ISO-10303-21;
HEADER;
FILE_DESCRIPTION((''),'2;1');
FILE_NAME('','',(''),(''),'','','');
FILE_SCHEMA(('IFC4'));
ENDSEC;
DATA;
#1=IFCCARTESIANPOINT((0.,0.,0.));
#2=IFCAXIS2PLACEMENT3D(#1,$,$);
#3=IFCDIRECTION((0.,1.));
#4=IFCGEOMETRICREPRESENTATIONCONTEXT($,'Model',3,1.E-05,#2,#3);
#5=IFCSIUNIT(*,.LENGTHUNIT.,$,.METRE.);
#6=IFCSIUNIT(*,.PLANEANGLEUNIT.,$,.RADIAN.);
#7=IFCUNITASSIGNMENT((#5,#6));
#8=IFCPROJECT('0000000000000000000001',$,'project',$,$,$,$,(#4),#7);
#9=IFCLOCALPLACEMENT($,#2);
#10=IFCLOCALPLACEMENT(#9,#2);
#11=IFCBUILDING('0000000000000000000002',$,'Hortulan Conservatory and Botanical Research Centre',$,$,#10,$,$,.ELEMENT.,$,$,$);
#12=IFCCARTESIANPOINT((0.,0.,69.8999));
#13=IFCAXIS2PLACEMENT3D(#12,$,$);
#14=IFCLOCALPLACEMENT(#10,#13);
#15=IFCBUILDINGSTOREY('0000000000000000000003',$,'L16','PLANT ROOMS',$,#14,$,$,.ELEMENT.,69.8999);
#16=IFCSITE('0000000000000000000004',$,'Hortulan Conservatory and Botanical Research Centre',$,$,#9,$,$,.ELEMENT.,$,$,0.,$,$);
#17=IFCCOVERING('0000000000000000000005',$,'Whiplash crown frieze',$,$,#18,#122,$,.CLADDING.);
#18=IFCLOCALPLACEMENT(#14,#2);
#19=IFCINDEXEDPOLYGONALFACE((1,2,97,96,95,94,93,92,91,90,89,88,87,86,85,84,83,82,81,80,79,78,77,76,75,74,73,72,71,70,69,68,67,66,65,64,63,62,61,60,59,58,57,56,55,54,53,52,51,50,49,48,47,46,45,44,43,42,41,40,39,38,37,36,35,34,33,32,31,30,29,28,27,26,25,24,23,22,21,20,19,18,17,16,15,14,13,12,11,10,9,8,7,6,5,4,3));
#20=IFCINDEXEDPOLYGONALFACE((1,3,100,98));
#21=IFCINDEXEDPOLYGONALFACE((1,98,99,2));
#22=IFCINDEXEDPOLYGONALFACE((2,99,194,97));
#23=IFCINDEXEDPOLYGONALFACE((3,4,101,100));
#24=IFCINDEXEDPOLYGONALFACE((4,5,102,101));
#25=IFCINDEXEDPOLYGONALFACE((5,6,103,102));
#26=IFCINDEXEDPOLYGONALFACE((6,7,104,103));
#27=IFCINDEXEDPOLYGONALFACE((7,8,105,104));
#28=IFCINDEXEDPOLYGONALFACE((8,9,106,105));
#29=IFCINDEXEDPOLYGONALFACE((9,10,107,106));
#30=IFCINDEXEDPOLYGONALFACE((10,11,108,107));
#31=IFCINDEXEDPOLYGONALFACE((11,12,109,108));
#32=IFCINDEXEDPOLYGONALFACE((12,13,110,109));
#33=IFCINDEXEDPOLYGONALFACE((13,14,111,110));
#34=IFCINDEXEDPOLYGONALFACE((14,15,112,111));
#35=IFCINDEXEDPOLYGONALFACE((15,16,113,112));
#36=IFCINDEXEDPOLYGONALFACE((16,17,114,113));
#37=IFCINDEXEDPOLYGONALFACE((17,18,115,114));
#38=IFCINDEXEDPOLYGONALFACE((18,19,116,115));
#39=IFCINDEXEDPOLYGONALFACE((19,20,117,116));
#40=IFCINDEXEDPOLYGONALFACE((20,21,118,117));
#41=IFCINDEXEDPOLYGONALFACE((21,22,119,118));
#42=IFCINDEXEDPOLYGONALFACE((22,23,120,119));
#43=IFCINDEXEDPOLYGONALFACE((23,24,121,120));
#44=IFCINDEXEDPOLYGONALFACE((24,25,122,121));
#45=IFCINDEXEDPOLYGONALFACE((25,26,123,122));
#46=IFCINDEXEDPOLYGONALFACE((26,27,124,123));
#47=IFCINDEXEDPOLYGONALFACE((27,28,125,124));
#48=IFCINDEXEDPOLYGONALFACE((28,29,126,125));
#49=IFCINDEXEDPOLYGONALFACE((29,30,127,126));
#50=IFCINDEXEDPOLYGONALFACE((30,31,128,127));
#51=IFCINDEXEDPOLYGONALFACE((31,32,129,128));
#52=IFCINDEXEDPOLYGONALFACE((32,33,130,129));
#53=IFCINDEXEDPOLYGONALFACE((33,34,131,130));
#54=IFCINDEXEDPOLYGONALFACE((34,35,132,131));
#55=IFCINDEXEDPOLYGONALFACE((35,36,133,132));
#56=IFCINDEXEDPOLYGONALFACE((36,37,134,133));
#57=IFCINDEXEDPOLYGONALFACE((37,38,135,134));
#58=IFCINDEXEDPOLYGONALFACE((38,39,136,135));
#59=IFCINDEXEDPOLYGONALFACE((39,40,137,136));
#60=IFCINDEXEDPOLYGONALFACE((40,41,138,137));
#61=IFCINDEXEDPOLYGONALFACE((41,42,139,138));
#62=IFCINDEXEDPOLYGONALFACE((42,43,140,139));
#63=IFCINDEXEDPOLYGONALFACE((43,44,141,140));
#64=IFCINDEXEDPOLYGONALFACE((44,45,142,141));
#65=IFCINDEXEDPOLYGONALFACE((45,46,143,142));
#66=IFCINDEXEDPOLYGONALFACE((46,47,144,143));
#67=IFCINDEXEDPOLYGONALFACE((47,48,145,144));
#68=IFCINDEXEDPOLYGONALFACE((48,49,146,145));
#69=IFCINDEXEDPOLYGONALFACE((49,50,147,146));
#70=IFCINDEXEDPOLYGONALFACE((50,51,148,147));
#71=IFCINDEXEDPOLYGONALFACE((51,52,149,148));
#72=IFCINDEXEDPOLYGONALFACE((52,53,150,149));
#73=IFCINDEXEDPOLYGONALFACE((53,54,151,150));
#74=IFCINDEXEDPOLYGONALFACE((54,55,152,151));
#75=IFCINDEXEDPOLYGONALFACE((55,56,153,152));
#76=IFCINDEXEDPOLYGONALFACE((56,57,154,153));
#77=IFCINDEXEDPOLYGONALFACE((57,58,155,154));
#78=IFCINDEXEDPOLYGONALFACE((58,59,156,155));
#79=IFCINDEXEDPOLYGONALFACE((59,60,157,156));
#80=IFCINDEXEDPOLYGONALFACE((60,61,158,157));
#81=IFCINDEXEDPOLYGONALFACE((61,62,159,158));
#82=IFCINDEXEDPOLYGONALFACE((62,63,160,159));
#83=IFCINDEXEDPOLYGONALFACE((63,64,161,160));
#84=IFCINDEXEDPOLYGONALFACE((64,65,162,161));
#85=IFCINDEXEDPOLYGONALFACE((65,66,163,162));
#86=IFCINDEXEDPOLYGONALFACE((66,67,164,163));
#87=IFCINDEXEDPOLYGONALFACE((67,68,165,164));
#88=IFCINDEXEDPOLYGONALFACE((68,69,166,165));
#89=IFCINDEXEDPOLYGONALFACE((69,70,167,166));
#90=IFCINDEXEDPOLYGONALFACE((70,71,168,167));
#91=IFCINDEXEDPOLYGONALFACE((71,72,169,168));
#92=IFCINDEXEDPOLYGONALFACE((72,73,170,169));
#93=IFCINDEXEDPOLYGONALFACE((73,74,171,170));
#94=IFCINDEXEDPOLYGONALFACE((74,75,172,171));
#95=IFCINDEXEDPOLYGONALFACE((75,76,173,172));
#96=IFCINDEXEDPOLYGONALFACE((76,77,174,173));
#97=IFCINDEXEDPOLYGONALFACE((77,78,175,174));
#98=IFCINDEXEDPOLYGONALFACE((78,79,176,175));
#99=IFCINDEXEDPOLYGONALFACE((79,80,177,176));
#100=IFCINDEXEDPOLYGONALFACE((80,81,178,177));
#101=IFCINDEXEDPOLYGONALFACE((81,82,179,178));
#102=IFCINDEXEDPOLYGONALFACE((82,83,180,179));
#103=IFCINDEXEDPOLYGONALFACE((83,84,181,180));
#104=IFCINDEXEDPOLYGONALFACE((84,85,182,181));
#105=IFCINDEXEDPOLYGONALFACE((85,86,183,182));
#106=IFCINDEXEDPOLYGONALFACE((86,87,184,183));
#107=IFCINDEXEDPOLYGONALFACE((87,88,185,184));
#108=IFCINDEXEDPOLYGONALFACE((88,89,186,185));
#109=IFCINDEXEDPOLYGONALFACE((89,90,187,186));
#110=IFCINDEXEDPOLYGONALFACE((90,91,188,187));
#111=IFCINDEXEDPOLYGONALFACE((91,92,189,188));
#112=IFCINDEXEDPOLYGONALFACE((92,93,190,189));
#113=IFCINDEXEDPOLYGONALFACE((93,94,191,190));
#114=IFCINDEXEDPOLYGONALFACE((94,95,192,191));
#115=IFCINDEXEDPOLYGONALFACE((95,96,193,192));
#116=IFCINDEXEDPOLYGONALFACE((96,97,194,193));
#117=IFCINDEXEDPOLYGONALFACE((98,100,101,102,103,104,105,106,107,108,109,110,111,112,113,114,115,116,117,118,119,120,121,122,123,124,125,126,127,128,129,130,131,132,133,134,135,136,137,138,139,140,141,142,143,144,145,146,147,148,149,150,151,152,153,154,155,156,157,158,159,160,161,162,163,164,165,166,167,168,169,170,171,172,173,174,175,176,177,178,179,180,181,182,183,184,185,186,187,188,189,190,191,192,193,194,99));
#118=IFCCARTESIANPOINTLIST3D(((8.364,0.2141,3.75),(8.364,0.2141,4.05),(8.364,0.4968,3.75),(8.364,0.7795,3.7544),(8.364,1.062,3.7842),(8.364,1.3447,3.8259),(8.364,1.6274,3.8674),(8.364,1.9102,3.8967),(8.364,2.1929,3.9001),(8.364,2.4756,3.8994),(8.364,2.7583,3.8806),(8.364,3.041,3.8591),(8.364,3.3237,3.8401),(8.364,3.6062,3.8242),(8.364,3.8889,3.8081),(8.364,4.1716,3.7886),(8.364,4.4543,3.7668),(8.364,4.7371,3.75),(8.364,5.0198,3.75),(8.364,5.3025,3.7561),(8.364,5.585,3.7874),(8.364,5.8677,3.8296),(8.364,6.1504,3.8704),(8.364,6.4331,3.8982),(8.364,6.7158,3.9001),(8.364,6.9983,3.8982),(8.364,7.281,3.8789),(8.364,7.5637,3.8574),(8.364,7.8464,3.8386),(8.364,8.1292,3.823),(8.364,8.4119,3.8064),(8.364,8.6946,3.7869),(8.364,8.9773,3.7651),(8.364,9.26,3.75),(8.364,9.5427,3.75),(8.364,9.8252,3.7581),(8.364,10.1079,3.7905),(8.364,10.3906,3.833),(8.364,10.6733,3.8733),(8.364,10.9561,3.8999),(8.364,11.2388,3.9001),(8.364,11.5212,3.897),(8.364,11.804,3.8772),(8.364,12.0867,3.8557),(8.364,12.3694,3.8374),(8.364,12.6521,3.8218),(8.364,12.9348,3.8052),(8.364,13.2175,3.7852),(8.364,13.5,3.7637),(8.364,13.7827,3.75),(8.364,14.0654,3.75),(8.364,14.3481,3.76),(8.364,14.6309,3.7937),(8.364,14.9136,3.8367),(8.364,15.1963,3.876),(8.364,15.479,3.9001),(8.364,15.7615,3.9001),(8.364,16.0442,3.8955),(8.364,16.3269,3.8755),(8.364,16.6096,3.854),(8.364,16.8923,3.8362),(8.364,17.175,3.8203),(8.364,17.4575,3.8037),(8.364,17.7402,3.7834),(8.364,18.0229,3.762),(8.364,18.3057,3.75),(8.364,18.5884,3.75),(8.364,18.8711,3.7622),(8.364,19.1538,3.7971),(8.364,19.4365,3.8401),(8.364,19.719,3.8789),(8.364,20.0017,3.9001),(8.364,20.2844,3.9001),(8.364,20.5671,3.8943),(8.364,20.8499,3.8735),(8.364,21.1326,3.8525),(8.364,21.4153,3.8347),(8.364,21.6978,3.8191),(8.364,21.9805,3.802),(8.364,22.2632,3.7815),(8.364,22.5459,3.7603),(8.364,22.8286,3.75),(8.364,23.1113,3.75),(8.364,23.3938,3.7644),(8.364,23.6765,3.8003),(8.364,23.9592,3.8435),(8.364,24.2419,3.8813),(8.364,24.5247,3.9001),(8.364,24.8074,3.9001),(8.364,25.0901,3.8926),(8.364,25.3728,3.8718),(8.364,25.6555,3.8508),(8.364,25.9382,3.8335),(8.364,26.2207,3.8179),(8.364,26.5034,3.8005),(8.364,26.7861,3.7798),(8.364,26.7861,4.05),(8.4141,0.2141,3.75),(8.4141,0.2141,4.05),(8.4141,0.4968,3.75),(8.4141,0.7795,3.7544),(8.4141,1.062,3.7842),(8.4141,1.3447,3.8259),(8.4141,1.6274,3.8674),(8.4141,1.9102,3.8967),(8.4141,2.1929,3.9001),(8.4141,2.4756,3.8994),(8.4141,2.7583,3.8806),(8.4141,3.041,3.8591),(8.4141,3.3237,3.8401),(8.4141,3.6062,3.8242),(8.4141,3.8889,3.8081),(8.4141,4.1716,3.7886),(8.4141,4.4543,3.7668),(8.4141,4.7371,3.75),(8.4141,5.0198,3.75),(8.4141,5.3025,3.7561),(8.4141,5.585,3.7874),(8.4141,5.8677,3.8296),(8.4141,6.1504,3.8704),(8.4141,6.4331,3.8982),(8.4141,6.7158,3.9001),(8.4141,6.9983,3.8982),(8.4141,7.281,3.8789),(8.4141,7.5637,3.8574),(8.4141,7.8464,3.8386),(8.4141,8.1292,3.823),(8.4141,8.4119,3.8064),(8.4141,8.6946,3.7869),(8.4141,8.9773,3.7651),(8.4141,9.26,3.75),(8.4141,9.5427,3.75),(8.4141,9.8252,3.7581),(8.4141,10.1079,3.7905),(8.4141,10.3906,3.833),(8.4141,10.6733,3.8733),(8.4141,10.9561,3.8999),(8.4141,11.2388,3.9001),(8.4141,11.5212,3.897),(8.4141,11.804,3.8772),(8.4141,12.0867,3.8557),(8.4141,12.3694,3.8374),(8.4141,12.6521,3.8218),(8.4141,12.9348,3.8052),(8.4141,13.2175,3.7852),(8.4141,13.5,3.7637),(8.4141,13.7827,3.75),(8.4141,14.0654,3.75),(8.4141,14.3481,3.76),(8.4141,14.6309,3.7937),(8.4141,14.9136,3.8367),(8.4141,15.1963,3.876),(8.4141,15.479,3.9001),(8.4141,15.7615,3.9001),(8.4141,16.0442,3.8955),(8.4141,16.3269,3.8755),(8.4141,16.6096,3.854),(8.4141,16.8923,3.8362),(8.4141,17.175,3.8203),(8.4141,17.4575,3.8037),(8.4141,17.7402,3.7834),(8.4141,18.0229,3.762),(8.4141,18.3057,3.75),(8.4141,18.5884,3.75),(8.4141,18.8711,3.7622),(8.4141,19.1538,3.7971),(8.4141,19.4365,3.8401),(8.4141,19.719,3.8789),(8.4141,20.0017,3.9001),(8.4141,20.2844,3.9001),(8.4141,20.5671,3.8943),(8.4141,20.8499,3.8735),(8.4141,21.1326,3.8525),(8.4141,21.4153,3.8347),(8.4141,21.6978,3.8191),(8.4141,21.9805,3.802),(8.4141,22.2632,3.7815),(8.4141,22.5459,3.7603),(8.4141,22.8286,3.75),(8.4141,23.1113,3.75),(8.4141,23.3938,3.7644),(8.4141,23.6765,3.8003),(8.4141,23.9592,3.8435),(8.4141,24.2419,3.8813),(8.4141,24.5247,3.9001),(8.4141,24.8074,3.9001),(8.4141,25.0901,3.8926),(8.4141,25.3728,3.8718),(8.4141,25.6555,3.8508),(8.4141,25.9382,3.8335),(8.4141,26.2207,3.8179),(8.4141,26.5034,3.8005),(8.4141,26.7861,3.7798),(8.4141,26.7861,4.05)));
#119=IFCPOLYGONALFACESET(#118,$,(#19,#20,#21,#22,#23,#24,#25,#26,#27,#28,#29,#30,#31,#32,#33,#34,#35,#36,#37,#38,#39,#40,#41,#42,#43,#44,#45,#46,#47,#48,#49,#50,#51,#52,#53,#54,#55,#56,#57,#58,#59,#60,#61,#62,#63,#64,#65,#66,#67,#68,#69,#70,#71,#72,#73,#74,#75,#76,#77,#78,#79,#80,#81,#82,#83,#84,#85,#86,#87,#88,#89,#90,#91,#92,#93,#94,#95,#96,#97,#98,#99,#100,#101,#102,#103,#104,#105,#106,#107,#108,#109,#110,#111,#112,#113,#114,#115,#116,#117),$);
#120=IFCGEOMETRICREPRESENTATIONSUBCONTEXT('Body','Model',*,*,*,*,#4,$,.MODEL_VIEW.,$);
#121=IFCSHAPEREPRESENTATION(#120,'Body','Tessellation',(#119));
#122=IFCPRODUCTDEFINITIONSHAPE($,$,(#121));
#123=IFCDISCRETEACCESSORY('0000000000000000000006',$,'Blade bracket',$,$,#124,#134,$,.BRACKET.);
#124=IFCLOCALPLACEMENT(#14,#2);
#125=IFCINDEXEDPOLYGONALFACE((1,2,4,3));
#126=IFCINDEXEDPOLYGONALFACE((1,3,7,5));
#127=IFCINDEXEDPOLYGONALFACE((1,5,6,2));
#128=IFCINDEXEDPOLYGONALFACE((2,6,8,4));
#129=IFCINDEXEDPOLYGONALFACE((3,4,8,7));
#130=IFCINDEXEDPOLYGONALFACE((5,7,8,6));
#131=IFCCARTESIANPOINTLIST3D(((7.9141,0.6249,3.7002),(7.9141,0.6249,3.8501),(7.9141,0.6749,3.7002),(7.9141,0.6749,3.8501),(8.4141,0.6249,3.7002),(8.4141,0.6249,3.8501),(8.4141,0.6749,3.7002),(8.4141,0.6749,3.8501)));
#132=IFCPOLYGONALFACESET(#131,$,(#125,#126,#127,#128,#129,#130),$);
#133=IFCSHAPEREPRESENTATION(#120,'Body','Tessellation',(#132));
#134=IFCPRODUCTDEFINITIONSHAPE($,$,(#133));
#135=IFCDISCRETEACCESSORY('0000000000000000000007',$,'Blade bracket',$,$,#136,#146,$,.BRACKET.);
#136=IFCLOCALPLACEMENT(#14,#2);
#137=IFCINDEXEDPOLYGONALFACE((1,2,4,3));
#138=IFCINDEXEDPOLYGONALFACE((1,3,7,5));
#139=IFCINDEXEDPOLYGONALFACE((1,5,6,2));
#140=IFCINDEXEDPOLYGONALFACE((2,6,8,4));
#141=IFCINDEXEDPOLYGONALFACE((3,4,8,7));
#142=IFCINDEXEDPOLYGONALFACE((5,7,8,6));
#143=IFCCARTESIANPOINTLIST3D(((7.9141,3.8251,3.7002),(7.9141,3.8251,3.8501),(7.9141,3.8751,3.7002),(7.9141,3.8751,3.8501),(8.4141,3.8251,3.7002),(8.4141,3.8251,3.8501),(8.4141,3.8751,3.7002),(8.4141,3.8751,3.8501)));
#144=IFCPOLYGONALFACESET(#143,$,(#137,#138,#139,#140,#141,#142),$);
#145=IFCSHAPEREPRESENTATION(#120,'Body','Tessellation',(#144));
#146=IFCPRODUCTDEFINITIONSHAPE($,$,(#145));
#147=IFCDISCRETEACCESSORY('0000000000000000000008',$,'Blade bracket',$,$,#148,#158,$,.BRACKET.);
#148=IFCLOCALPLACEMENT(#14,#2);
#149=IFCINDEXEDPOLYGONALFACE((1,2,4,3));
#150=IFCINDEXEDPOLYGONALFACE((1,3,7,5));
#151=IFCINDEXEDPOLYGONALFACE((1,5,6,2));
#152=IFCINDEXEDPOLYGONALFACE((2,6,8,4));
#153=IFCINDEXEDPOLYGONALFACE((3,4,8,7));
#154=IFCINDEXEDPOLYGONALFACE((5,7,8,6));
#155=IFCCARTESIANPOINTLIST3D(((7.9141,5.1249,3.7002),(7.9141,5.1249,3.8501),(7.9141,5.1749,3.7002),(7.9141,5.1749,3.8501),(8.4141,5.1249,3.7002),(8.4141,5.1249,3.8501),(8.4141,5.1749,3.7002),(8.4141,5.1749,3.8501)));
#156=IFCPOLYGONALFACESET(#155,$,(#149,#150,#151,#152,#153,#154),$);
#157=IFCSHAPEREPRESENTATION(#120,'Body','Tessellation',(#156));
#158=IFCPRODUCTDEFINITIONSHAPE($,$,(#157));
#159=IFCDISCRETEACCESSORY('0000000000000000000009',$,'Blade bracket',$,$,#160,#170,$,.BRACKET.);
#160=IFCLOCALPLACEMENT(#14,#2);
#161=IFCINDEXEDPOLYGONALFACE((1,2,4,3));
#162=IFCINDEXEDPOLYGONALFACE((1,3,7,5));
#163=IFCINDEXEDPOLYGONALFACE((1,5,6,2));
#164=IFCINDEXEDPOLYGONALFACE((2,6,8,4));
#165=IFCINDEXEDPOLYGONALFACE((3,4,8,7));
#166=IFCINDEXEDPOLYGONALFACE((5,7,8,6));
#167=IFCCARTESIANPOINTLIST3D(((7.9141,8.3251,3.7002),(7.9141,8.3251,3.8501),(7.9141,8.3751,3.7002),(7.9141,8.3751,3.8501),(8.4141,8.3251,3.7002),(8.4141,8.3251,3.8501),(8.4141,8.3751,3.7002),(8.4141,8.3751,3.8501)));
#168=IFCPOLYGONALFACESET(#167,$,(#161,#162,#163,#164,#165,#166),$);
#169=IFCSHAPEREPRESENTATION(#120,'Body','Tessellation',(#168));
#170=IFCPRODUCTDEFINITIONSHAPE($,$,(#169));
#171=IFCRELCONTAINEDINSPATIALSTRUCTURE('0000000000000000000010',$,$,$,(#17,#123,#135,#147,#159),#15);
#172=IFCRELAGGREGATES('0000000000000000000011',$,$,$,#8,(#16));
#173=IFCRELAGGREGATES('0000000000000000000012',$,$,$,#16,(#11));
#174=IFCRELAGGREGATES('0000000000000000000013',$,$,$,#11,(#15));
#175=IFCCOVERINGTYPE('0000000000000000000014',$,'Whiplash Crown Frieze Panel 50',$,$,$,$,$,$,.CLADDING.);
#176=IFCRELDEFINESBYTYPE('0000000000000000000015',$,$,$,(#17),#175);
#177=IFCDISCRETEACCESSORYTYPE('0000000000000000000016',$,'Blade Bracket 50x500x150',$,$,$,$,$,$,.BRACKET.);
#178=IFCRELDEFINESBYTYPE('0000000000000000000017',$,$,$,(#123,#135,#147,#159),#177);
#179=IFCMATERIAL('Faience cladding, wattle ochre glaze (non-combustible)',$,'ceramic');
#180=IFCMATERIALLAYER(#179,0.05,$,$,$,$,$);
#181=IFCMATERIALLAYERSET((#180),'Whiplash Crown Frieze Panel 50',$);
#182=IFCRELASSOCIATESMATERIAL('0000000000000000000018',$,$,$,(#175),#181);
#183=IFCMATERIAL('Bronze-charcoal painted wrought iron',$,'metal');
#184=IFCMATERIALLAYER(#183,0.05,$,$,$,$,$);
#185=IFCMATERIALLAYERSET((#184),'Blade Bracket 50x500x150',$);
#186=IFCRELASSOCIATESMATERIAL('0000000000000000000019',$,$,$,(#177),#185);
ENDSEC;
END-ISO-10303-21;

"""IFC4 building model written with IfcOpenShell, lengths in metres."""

from ifc_helpers import new_model, si_unit, direction, frame, origin, origin_2d, place, context, subcontext, project, spatial, polyline, rectangle, outline, extrude, material, layer, layer_set, type_object, element, save


model = new_model("IFC4")

# Units and contexts
model_context = context("Model", 3, precision=1e-05, world=origin(), true_north=direction((0.0, 1.0)))
body_context = subcontext(model_context, "Body", "Model", "MODEL_VIEW")
ifc_project = project(units=[si_unit("LENGTHUNIT", "METRE"), si_unit("PLANEANGLEUNIT", "RADIAN")], contexts=[model_context])

# Site, building, storey
site_placement = place(None, origin())
site = spatial("IfcSite", under=ifc_project, at=site_placement, Name="Hortulan Conservatory and Botanical Research Centre", CompositionType="ELEMENT", RefElevation=0.0)
building_placement = place(site_placement, origin())
building = spatial("IfcBuilding", under=site, at=building_placement, Name="Hortulan Conservatory and Botanical Research Centre", CompositionType="ELEMENT")
storey_placement = place(building_placement, frame((0.0, 0.0, 69.8999)))
storey = spatial("IfcBuildingStorey", under=building, at=storey_placement, Name="L16", Description="PLANT ROOMS", CompositionType="ELEMENT", Elevation=69.8999)

# Covering
ifc_material_1 = material(Name="Faience cladding, wattle ochre glaze (non-combustible)", Category="ceramic")
ifc_layer_1 = layer(ifc_material_1, 0.05)
ifc_layer_set_1 = layer_set([ifc_layer_1], Name="Whiplash Crown Frieze Panel 50")
covering_type_1 = type_object("IfcCoveringType", Name="Whiplash Crown Frieze Panel 50", PredefinedType="CLADDING", material=ifc_layer_set_1)
covering_1_placement = place(storey_placement, frame((8.3889, 0.2141, 3.75), z_axis=(0.0, 0.0, 1.0), x_axis=(0.0, 1.0, 0.0)))
element("IfcCovering", 1, at=covering_1_placement, inside=storey, type_object=covering_type_1, Name="Whiplash crown frieze", PredefinedType="CLADDING", context=body_context, shape_type="SweptSolid", body=[
    extrude(outline(polyline([(0.0, 0.0), (0.2827, 0.0), (0.5654, 0.0044), (0.8479, 0.0342), (1.1306, 0.0759), (1.4133, 0.1174), (1.696, 0.1467), (1.9788, 0.1501), (2.2615, 0.1494), (2.5442, 0.1306), (2.8269, 0.1091), (3.1096, 0.0901), (3.3921, 0.0742), (3.6748, 0.0581), (3.9575, 0.0386), (4.2402, 0.0168), (4.5229, 0.0), (4.8057, 0.0), (5.0884, 0.0061), (5.3708, 0.0374), (5.6536, 0.0796), (5.9363, 0.1204), (6.219, 0.1482), (6.5017, 0.1501), (6.7842, 0.1482), (7.0669, 0.1289), (7.3496, 0.1074), (7.6323, 0.0886), (7.915, 0.073), (8.1978, 0.0564), (8.4805, 0.0369), (8.7632, 0.0151), (9.0459, 0.0), (9.3286, 0.0), (9.6111, 0.0081), (9.8938, 0.0405), (10.1765, 0.083), (10.4592, 0.1233), (10.7419, 0.1499), (11.0247, 0.1501), (11.3071, 0.147), (11.5898, 0.1272), (11.8726, 0.1057), (12.1553, 0.0874), (12.438, 0.0718), (12.7207, 0.0552), (13.0034, 0.0352), (13.2859, 0.0137), (13.5686, 0.0), (13.8513, 0.0), (14.134, 0.01), (14.4167, 0.0437), (14.6995, 0.0867), (14.9822, 0.126), (15.2649, 0.1501), (15.5474, 0.1501), (15.8301, 0.1455), (16.1128, 0.1255), (16.3955, 0.104), (16.6782, 0.0862), (16.9609, 0.0703), (17.2434, 0.0537), (17.5261, 0.0334), (17.8088, 0.012), (18.0916, 0.0), (18.3743, 0.0), (18.657, 0.0122), (18.9397, 0.0471), (19.2224, 0.0901), (19.5049, 0.1289), (19.7876, 0.1501), (20.0703, 0.1501), (20.353, 0.1443), (20.6357, 0.1235), (20.9185, 0.1025), (21.2012, 0.0847), (21.4836, 0.0691), (21.7664, 0.052), (22.0491, 0.0315), (22.3318, 0.0103), (22.6145, 0.0), (22.8972, 0.0), (23.1797, 0.0144), (23.4624, 0.0503), (23.7451, 0.0935), (24.0278, 0.1313), (24.3105, 0.1501), (24.5933, 0.1501), (24.876, 0.1426), (25.1587, 0.1218), (25.4414, 0.1008), (25.7241, 0.0835), (26.0066, 0.0679), (26.2893, 0.0505), (26.572, 0.0298), (26.572, 0.3), (0.0, 0.3), (0.0, 0.0)])), frame((0.0, 0.0249, 0.0), z_axis=(0.0, -1.0, 0.0), x_axis=(1.0, 0.0, 0.0)), (0.0, 0.0, 1.0), 0.05),
])

# Discrete accessories
ifc_material_2 = material(Name="Bronze-charcoal painted wrought iron", Category="metal")
ifc_layer_2 = layer(ifc_material_2, 0.05)
ifc_layer_set_2 = layer_set([ifc_layer_2], Name="Blade Bracket 50x500x150")
discrete_accessory_type = type_object("IfcDiscreteAccessoryType", Name="Blade Bracket 50x500x150", PredefinedType="BRACKET", material=ifc_layer_set_2)
for number, where, z_axis, x_axis, name in (
    (2, (8.1641, 0.6499, 3.7002), (0.0, 0.0, 1.0), (0.0, 1.0, 0.0), "Blade bracket"),
    (3, (8.1641, 3.8501, 3.7002), (0.0, 0.0, 1.0), (0.0, 1.0, 0.0), "Blade bracket"),
    (4, (8.1641, 5.1499, 3.7002), (0.0, 0.0, 1.0), (0.0, 1.0, 0.0), "Blade bracket"),
    (5, (8.1641, 8.3501, 3.7002), (0.0, 0.0, 1.0), (0.0, 1.0, 0.0), "Blade bracket"),
):
    element("IfcDiscreteAccessory", number, at=place(storey_placement, frame(where, z_axis=z_axis, x_axis=x_axis)), inside=storey, type_object=discrete_accessory_type, Name=name, PredefinedType="BRACKET", context=body_context, shape_type="SweptSolid", body=[
        extrude(rectangle(XDim=0.05, YDim=0.5, at=origin_2d()), origin(), (0.0, 0.0, 1.0), 0.1499),
    ])

save(model, "model.ifc")
